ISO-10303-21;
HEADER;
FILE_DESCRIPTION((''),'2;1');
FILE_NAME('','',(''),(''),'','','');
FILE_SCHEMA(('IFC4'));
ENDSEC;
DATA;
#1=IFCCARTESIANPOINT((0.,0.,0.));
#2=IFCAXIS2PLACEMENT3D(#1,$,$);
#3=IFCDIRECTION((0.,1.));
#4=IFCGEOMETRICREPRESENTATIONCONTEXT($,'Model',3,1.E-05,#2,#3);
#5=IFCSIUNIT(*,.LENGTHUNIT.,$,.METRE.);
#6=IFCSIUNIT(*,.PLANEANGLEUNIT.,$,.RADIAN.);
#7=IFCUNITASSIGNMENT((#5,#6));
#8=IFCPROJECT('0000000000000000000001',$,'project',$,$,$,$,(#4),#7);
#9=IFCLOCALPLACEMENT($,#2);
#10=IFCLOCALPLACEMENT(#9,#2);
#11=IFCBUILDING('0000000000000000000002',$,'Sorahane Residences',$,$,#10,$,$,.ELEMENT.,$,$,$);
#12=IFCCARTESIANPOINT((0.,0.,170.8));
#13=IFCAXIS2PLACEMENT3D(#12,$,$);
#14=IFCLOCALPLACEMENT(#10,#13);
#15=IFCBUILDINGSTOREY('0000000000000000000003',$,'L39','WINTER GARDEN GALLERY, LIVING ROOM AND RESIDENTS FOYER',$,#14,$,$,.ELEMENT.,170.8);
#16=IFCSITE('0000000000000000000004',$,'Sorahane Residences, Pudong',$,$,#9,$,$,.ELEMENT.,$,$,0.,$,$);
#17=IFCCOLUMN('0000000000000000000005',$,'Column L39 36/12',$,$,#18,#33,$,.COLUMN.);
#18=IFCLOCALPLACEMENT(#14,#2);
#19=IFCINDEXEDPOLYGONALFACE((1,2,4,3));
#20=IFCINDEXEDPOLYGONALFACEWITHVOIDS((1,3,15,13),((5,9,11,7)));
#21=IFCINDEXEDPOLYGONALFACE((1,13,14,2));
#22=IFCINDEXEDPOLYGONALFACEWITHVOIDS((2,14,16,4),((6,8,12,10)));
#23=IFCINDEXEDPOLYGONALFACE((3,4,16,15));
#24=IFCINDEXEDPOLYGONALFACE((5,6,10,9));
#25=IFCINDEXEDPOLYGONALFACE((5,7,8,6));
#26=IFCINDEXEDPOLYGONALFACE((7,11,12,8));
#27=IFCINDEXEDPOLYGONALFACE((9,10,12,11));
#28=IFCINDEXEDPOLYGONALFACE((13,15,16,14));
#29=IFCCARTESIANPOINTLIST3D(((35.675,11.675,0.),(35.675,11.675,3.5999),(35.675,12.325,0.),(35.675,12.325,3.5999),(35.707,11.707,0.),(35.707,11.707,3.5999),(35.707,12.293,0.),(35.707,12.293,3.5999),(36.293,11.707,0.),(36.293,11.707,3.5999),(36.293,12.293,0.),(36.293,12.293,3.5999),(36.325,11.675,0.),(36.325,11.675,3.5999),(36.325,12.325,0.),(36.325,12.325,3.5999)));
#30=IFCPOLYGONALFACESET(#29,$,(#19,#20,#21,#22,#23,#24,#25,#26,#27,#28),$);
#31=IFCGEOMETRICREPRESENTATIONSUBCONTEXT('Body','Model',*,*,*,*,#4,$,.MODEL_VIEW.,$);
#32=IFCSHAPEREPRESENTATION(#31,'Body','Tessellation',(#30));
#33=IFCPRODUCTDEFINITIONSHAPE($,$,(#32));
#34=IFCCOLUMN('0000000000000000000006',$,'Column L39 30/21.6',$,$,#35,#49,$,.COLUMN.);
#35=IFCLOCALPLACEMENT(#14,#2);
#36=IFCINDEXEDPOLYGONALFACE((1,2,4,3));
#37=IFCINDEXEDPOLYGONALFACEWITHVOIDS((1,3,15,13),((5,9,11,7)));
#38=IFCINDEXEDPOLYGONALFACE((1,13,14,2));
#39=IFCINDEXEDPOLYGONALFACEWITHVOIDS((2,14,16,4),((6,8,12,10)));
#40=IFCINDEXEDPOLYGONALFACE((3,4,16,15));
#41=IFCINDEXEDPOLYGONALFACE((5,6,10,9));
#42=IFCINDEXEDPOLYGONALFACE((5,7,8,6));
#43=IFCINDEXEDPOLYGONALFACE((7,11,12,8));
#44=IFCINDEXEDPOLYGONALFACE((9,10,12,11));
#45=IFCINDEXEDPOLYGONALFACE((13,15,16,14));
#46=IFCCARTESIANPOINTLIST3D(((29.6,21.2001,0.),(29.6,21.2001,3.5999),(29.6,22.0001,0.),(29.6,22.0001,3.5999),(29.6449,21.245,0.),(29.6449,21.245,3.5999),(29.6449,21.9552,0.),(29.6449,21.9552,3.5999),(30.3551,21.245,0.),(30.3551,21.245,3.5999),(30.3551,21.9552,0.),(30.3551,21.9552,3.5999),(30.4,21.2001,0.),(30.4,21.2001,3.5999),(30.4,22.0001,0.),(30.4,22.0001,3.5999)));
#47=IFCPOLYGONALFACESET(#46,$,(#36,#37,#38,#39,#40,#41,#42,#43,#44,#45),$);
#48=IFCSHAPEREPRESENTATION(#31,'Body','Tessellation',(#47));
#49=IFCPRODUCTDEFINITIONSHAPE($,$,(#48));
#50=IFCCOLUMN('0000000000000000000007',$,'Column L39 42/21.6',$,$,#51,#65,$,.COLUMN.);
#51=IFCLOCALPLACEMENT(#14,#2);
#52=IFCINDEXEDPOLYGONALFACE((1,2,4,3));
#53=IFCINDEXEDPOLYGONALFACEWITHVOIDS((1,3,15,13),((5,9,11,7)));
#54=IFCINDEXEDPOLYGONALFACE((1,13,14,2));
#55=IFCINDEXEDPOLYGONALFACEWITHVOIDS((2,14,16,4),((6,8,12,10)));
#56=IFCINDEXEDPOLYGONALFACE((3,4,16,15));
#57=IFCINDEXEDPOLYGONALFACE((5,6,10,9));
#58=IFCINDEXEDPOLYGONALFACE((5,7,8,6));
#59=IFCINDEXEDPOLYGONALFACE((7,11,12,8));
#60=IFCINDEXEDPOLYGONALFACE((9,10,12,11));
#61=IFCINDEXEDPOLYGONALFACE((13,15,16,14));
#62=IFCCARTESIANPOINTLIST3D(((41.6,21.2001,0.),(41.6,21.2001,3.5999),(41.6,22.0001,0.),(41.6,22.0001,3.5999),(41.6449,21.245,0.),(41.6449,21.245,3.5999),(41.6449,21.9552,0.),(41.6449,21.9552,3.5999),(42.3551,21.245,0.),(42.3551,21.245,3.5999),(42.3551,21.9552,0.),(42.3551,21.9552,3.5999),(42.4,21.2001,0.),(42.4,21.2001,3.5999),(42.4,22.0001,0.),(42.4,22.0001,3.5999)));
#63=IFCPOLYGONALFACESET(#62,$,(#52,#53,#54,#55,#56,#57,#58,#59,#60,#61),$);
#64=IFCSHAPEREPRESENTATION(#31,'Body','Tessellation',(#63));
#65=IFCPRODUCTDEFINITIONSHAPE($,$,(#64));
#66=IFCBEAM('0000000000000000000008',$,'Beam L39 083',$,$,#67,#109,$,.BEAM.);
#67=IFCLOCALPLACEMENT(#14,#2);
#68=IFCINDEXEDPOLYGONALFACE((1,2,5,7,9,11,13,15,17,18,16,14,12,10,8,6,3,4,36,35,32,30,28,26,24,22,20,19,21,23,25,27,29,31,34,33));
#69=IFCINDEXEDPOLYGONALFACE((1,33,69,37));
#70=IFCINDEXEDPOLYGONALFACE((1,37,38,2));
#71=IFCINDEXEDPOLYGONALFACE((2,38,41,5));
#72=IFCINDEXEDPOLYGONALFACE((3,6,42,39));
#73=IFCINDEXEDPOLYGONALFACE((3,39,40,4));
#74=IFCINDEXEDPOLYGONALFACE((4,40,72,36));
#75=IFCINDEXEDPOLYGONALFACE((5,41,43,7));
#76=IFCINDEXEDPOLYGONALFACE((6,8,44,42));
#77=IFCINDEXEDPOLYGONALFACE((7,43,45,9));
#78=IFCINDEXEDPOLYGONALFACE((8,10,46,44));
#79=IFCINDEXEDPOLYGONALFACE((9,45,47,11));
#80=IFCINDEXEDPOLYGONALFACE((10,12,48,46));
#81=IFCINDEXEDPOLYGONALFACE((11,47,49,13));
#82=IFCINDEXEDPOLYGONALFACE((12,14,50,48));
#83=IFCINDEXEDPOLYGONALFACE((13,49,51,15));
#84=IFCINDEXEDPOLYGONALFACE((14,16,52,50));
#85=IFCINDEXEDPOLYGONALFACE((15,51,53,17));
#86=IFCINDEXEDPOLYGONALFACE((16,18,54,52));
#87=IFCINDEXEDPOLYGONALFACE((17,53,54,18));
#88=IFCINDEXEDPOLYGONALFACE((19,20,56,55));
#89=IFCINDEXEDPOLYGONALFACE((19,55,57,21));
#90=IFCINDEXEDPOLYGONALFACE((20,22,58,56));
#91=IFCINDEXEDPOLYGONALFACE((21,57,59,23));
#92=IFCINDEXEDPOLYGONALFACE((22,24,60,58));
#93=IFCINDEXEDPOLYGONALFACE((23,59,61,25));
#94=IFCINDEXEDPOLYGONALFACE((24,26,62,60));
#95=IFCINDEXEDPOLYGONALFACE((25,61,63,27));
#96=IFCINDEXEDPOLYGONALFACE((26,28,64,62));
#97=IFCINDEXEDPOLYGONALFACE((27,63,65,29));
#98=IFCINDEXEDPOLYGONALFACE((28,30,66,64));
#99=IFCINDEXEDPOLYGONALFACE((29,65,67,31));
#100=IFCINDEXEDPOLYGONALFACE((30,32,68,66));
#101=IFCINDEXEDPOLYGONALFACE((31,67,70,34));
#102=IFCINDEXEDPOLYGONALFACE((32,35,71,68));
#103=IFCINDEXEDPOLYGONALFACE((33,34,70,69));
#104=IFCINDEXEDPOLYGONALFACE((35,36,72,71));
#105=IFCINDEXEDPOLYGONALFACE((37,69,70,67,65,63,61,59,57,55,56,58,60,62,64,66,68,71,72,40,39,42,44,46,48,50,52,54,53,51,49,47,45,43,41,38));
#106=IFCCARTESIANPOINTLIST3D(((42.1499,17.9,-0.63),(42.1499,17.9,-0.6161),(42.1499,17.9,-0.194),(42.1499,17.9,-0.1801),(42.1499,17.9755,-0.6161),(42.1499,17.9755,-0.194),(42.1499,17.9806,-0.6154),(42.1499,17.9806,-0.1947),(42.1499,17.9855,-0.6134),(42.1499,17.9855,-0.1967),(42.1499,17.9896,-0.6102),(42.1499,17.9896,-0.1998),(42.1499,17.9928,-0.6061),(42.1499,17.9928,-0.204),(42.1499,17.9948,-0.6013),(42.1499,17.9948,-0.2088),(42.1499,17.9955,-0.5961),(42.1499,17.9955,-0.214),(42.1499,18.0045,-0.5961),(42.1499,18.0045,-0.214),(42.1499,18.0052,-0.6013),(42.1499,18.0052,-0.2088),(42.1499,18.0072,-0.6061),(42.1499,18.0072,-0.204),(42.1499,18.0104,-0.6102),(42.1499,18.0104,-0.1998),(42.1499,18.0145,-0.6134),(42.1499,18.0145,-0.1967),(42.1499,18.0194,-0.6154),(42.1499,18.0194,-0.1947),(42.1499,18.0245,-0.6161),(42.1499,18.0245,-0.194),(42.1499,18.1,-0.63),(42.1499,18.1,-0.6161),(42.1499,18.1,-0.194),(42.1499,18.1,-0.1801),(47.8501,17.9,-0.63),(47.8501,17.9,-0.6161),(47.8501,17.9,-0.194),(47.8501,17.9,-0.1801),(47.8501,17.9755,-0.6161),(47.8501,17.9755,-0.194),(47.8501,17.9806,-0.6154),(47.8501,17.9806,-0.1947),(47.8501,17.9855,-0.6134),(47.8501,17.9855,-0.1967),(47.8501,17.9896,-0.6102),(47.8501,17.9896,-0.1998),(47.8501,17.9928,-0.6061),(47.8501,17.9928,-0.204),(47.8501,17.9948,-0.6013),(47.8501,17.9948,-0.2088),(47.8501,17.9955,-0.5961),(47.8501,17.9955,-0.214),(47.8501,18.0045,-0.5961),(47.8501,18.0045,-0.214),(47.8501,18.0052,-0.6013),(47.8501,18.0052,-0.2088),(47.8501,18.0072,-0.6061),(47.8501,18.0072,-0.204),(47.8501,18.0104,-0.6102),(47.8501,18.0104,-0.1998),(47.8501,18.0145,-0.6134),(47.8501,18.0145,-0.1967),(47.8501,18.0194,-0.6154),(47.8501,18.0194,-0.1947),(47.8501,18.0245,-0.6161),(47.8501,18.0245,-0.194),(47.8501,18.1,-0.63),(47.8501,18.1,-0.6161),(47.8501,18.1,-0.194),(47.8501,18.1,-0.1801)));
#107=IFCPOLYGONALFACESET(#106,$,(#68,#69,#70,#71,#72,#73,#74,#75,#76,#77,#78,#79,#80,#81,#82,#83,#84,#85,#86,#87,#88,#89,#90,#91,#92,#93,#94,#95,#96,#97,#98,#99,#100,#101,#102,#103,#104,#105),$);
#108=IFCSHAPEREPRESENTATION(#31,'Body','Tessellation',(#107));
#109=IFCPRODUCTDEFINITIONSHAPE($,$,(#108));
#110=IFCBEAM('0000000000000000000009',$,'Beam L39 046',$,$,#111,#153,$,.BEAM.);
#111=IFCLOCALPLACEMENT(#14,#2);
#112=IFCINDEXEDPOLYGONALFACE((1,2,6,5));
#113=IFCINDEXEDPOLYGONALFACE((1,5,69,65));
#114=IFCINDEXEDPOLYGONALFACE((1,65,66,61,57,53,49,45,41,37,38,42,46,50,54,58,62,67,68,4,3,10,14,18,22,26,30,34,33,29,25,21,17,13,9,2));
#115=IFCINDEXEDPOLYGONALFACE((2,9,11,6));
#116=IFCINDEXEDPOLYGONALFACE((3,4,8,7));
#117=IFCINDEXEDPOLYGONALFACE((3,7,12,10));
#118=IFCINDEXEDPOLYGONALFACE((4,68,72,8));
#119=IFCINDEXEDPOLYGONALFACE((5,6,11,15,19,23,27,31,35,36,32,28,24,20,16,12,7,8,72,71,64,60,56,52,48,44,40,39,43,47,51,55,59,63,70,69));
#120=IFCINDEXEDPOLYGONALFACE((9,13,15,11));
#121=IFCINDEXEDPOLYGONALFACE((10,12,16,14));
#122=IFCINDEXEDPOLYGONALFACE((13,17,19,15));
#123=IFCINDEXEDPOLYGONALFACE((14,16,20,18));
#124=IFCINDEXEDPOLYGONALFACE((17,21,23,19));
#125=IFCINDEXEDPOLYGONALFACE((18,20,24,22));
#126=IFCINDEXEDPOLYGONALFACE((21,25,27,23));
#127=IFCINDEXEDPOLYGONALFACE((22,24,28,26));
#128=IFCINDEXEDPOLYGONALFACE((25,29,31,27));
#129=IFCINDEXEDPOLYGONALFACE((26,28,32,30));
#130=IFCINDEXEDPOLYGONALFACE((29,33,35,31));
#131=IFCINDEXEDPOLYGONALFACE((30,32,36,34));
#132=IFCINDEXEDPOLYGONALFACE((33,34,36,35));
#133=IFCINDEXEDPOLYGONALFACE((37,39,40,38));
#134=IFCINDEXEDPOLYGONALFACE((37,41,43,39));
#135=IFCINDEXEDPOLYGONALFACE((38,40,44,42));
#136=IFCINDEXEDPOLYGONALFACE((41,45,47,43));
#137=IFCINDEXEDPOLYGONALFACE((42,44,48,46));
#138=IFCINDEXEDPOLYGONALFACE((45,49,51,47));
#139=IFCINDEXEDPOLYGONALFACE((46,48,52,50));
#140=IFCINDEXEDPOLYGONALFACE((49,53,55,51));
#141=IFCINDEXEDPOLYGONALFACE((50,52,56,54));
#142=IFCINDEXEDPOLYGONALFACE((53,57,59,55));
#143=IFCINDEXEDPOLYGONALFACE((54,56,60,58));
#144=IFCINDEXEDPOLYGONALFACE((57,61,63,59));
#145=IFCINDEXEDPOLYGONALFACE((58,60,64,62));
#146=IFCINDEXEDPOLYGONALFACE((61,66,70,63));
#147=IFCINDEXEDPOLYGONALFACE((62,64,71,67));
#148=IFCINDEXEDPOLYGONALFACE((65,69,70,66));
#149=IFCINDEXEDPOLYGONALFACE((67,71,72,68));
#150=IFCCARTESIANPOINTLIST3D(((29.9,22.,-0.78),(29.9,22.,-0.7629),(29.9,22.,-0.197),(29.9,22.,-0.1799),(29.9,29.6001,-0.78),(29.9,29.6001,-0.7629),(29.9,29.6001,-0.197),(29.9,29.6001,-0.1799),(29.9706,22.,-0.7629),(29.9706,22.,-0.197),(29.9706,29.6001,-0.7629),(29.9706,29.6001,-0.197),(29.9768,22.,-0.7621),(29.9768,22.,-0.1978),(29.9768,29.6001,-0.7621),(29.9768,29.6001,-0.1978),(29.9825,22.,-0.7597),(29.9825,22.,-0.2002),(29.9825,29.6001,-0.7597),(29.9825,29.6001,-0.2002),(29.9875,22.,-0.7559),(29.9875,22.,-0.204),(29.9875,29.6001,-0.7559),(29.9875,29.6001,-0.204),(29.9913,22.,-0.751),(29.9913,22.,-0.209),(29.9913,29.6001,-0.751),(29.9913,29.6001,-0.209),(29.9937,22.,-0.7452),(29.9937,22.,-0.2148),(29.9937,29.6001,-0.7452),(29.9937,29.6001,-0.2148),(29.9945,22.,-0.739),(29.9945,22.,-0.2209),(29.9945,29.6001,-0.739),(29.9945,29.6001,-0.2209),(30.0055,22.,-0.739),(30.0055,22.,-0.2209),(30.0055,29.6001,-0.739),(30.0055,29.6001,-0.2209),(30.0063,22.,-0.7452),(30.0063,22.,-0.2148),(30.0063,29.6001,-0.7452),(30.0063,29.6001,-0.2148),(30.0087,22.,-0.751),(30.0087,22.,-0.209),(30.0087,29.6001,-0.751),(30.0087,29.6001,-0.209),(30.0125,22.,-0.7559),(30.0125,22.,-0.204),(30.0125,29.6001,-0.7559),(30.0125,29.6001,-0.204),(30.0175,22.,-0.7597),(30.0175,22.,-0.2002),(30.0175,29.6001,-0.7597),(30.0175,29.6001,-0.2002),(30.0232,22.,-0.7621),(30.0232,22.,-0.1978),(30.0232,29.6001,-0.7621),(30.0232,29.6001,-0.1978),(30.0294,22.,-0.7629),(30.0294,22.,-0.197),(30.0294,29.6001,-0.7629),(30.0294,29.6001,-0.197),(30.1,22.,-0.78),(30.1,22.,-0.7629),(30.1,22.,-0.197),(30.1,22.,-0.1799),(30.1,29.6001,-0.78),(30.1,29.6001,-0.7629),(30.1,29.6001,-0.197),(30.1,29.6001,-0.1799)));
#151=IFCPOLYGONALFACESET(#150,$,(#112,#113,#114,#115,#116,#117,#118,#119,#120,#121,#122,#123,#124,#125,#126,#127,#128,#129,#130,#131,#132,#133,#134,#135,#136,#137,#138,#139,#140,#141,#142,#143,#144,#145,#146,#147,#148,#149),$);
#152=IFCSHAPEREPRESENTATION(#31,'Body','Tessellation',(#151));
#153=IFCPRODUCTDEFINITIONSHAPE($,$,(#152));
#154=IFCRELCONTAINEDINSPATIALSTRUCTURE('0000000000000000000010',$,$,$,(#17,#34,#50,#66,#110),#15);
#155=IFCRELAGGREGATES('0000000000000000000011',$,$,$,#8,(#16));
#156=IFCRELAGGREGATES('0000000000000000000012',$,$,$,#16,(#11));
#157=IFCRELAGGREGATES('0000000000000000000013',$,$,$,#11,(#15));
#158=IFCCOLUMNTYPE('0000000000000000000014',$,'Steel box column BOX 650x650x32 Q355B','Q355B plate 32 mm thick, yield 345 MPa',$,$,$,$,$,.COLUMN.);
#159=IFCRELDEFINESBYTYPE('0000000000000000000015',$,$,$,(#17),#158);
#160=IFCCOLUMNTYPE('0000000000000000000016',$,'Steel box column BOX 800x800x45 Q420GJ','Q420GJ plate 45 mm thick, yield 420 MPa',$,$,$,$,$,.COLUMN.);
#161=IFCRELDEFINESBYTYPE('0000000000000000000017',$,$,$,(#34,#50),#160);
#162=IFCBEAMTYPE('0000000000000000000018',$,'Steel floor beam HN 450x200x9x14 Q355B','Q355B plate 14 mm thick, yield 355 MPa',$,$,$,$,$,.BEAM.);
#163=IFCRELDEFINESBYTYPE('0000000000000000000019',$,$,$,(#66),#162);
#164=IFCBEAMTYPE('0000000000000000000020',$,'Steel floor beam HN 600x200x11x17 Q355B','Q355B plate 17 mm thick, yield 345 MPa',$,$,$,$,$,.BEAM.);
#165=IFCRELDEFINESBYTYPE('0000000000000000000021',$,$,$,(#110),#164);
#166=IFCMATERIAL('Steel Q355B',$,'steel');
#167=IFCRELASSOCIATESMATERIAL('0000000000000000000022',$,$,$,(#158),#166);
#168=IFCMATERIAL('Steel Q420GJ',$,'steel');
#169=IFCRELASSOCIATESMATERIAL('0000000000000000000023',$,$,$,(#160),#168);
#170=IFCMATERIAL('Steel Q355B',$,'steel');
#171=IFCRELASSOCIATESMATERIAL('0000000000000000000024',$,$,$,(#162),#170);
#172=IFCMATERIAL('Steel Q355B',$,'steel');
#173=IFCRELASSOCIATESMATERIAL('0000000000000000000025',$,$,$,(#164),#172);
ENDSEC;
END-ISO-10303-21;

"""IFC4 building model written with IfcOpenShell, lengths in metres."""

from ifc_helpers import new_model, si_unit, direction, frame, origin, origin_2d, place, context, subcontext, project, spatial, hollow_rectangle, i_section, extrude, material, material_profile, profile_set, type_object, element, save


model = new_model("IFC4")

# Units and contexts
model_context = context("Model", 3, precision=1e-05, world=origin(), true_north=direction((0.0, 1.0)))
body_context = subcontext(model_context, "Body", "Model", "MODEL_VIEW")
ifc_project = project(units=[si_unit("LENGTHUNIT", "METRE"), si_unit("PLANEANGLEUNIT", "RADIAN")], contexts=[model_context])

# Site, building, storey
site_placement = place(None, origin())
site = spatial("IfcSite", under=ifc_project, at=site_placement, Name="Sorahane Residences, Pudong", CompositionType="ELEMENT", RefElevation=0.0)
building_placement = place(site_placement, origin())
building = spatial("IfcBuilding", under=site, at=building_placement, Name="Sorahane Residences", CompositionType="ELEMENT")
storey_placement = place(building_placement, frame((0.0, 0.0, 170.8)))
storey = spatial("IfcBuildingStorey", under=building, at=storey_placement, Name="L39", Description="WINTER GARDEN GALLERY, LIVING ROOM AND RESIDENTS FOYER", CompositionType="ELEMENT", Elevation=170.8)

# Columns
ifc_material_1 = material(Name="Steel Q355B", Category="steel")
ifc_material_profile_1 = material_profile(ifc_material_1, hollow_rectangle(XDim=0.6499, YDim=0.6499, WallThickness=0.032, at=origin_2d()), Name="BOX 650x650x32")
ifc_profile_set_1 = profile_set([ifc_material_profile_1], Name="Steel Q355B")
column_type_1 = type_object("IfcColumnType", Name="Steel box column BOX 650x650x32 Q355B", Description="Q355B plate 32 mm thick, yield 345 MPa", PredefinedType="COLUMN", material=ifc_profile_set_1)
column_placement = place(storey_placement, frame((36.0, 12.0, 0.0), z_axis=(0.0, 0.0, 1.0), x_axis=(1.0, 0.0, 0.0)))
element("IfcColumn", 1, at=column_placement, inside=storey, type_object=column_type_1, Name="Column L39 36/12", PredefinedType="COLUMN", context=body_context, shape_type="SweptSolid", body=[
    extrude(hollow_rectangle(XDim=0.6499, YDim=0.6499, WallThickness=0.032, at=origin_2d()), origin(), (0.0, 0.0, 1.0), 3.5999),
])
ifc_material_2 = material(Name="Steel Q420GJ", Category="steel")
ifc_material_profile_2 = material_profile(ifc_material_2, hollow_rectangle(XDim=0.8, YDim=0.8, WallThickness=0.0449, at=origin_2d()), Name="BOX 800x800x45")
ifc_profile_set_2 = profile_set([ifc_material_profile_2], Name="Steel Q420GJ")
column_type_2 = type_object("IfcColumnType", Name="Steel box column BOX 800x800x45 Q420GJ", Description="Q420GJ plate 45 mm thick, yield 420 MPa", PredefinedType="COLUMN", material=ifc_profile_set_2)
for number, where, z_axis, x_axis, name in (
    (2, (30.0, 21.6001, 0.0), (0.0, 0.0, 1.0), (1.0, 0.0, 0.0), "Column L39 30/21.6"),
    (3, (42.0, 21.6001, 0.0), (0.0, 0.0, 1.0), (1.0, 0.0, 0.0), "Column L39 42/21.6"),
):
    element("IfcColumn", number, at=place(storey_placement, frame(where, z_axis=z_axis, x_axis=x_axis)), inside=storey, type_object=column_type_2, Name=name, PredefinedType="COLUMN", context=body_context, shape_type="SweptSolid", body=[
        extrude(hollow_rectangle(XDim=0.8, YDim=0.8, WallThickness=0.0449, at=origin_2d()), origin(), (0.0, 0.0, 1.0), 3.5999),
    ])

# Beams
ifc_material_3 = material(Name="Steel Q355B", Category="steel")
ifc_material_profile_3 = material_profile(ifc_material_3, i_section(OverallWidth=0.2, OverallDepth=0.45, WebThickness=0.009, FlangeThickness=0.0139, FilletRadius=0.02, at=origin_2d()), Name="HN 450x200x9x14")
ifc_profile_set_3 = profile_set([ifc_material_profile_3], Name="Steel Q355B")
beam_type_1 = type_object("IfcBeamType", Name="Steel floor beam HN 450x200x9x14 Q355B", Description="Q355B plate 14 mm thick, yield 355 MPa", PredefinedType="BEAM", material=ifc_profile_set_3)
beam_1_placement = place(storey_placement, frame((42.1499, 18.0, -0.405), z_axis=(1.0, 0.0, 0.0), x_axis=(0.0, 1.0, 0.0)))
element("IfcBeam", 4, at=beam_1_placement, inside=storey, type_object=beam_type_1, Name="Beam L39 083", PredefinedType="BEAM", context=body_context, shape_type="SweptSolid", body=[
    extrude(i_section(OverallWidth=0.2, OverallDepth=0.45, WebThickness=0.009, FlangeThickness=0.0139, FilletRadius=0.02, at=origin_2d()), origin(), (0.0, 0.0, 1.0), 5.7002),
])
ifc_material_4 = material(Name="Steel Q355B", Category="steel")
ifc_material_profile_4 = material_profile(ifc_material_4, i_section(OverallWidth=0.2, OverallDepth=0.6001, WebThickness=0.011, FlangeThickness=0.0171, FilletRadius=0.0239, at=origin_2d()), Name="HN 600x200x11x17")
ifc_profile_set_4 = profile_set([ifc_material_profile_4], Name="Steel Q355B")
beam_type_2 = type_object("IfcBeamType", Name="Steel floor beam HN 600x200x11x17 Q355B", Description="Q355B plate 17 mm thick, yield 345 MPa", PredefinedType="BEAM", material=ifc_profile_set_4)
for number, where, z_axis, x_axis, name in (
    (5, (30.0, 22.0, -0.48), (0.0, 1.0, 0.0), (-1.0, 0.0, 0.0), "Beam L39 046"),
):
    element("IfcBeam", number, at=place(storey_placement, frame(where, z_axis=z_axis, x_axis=x_axis)), inside=storey, type_object=beam_type_2, Name=name, PredefinedType="BEAM", context=body_context, shape_type="SweptSolid", body=[
        extrude(i_section(OverallWidth=0.2, OverallDepth=0.6001, WebThickness=0.011, FlangeThickness=0.0171, FilletRadius=0.0239, at=origin_2d()), origin(), (0.0, 0.0, 1.0), 7.6001),
    ])

save(model, "model.ifc")
